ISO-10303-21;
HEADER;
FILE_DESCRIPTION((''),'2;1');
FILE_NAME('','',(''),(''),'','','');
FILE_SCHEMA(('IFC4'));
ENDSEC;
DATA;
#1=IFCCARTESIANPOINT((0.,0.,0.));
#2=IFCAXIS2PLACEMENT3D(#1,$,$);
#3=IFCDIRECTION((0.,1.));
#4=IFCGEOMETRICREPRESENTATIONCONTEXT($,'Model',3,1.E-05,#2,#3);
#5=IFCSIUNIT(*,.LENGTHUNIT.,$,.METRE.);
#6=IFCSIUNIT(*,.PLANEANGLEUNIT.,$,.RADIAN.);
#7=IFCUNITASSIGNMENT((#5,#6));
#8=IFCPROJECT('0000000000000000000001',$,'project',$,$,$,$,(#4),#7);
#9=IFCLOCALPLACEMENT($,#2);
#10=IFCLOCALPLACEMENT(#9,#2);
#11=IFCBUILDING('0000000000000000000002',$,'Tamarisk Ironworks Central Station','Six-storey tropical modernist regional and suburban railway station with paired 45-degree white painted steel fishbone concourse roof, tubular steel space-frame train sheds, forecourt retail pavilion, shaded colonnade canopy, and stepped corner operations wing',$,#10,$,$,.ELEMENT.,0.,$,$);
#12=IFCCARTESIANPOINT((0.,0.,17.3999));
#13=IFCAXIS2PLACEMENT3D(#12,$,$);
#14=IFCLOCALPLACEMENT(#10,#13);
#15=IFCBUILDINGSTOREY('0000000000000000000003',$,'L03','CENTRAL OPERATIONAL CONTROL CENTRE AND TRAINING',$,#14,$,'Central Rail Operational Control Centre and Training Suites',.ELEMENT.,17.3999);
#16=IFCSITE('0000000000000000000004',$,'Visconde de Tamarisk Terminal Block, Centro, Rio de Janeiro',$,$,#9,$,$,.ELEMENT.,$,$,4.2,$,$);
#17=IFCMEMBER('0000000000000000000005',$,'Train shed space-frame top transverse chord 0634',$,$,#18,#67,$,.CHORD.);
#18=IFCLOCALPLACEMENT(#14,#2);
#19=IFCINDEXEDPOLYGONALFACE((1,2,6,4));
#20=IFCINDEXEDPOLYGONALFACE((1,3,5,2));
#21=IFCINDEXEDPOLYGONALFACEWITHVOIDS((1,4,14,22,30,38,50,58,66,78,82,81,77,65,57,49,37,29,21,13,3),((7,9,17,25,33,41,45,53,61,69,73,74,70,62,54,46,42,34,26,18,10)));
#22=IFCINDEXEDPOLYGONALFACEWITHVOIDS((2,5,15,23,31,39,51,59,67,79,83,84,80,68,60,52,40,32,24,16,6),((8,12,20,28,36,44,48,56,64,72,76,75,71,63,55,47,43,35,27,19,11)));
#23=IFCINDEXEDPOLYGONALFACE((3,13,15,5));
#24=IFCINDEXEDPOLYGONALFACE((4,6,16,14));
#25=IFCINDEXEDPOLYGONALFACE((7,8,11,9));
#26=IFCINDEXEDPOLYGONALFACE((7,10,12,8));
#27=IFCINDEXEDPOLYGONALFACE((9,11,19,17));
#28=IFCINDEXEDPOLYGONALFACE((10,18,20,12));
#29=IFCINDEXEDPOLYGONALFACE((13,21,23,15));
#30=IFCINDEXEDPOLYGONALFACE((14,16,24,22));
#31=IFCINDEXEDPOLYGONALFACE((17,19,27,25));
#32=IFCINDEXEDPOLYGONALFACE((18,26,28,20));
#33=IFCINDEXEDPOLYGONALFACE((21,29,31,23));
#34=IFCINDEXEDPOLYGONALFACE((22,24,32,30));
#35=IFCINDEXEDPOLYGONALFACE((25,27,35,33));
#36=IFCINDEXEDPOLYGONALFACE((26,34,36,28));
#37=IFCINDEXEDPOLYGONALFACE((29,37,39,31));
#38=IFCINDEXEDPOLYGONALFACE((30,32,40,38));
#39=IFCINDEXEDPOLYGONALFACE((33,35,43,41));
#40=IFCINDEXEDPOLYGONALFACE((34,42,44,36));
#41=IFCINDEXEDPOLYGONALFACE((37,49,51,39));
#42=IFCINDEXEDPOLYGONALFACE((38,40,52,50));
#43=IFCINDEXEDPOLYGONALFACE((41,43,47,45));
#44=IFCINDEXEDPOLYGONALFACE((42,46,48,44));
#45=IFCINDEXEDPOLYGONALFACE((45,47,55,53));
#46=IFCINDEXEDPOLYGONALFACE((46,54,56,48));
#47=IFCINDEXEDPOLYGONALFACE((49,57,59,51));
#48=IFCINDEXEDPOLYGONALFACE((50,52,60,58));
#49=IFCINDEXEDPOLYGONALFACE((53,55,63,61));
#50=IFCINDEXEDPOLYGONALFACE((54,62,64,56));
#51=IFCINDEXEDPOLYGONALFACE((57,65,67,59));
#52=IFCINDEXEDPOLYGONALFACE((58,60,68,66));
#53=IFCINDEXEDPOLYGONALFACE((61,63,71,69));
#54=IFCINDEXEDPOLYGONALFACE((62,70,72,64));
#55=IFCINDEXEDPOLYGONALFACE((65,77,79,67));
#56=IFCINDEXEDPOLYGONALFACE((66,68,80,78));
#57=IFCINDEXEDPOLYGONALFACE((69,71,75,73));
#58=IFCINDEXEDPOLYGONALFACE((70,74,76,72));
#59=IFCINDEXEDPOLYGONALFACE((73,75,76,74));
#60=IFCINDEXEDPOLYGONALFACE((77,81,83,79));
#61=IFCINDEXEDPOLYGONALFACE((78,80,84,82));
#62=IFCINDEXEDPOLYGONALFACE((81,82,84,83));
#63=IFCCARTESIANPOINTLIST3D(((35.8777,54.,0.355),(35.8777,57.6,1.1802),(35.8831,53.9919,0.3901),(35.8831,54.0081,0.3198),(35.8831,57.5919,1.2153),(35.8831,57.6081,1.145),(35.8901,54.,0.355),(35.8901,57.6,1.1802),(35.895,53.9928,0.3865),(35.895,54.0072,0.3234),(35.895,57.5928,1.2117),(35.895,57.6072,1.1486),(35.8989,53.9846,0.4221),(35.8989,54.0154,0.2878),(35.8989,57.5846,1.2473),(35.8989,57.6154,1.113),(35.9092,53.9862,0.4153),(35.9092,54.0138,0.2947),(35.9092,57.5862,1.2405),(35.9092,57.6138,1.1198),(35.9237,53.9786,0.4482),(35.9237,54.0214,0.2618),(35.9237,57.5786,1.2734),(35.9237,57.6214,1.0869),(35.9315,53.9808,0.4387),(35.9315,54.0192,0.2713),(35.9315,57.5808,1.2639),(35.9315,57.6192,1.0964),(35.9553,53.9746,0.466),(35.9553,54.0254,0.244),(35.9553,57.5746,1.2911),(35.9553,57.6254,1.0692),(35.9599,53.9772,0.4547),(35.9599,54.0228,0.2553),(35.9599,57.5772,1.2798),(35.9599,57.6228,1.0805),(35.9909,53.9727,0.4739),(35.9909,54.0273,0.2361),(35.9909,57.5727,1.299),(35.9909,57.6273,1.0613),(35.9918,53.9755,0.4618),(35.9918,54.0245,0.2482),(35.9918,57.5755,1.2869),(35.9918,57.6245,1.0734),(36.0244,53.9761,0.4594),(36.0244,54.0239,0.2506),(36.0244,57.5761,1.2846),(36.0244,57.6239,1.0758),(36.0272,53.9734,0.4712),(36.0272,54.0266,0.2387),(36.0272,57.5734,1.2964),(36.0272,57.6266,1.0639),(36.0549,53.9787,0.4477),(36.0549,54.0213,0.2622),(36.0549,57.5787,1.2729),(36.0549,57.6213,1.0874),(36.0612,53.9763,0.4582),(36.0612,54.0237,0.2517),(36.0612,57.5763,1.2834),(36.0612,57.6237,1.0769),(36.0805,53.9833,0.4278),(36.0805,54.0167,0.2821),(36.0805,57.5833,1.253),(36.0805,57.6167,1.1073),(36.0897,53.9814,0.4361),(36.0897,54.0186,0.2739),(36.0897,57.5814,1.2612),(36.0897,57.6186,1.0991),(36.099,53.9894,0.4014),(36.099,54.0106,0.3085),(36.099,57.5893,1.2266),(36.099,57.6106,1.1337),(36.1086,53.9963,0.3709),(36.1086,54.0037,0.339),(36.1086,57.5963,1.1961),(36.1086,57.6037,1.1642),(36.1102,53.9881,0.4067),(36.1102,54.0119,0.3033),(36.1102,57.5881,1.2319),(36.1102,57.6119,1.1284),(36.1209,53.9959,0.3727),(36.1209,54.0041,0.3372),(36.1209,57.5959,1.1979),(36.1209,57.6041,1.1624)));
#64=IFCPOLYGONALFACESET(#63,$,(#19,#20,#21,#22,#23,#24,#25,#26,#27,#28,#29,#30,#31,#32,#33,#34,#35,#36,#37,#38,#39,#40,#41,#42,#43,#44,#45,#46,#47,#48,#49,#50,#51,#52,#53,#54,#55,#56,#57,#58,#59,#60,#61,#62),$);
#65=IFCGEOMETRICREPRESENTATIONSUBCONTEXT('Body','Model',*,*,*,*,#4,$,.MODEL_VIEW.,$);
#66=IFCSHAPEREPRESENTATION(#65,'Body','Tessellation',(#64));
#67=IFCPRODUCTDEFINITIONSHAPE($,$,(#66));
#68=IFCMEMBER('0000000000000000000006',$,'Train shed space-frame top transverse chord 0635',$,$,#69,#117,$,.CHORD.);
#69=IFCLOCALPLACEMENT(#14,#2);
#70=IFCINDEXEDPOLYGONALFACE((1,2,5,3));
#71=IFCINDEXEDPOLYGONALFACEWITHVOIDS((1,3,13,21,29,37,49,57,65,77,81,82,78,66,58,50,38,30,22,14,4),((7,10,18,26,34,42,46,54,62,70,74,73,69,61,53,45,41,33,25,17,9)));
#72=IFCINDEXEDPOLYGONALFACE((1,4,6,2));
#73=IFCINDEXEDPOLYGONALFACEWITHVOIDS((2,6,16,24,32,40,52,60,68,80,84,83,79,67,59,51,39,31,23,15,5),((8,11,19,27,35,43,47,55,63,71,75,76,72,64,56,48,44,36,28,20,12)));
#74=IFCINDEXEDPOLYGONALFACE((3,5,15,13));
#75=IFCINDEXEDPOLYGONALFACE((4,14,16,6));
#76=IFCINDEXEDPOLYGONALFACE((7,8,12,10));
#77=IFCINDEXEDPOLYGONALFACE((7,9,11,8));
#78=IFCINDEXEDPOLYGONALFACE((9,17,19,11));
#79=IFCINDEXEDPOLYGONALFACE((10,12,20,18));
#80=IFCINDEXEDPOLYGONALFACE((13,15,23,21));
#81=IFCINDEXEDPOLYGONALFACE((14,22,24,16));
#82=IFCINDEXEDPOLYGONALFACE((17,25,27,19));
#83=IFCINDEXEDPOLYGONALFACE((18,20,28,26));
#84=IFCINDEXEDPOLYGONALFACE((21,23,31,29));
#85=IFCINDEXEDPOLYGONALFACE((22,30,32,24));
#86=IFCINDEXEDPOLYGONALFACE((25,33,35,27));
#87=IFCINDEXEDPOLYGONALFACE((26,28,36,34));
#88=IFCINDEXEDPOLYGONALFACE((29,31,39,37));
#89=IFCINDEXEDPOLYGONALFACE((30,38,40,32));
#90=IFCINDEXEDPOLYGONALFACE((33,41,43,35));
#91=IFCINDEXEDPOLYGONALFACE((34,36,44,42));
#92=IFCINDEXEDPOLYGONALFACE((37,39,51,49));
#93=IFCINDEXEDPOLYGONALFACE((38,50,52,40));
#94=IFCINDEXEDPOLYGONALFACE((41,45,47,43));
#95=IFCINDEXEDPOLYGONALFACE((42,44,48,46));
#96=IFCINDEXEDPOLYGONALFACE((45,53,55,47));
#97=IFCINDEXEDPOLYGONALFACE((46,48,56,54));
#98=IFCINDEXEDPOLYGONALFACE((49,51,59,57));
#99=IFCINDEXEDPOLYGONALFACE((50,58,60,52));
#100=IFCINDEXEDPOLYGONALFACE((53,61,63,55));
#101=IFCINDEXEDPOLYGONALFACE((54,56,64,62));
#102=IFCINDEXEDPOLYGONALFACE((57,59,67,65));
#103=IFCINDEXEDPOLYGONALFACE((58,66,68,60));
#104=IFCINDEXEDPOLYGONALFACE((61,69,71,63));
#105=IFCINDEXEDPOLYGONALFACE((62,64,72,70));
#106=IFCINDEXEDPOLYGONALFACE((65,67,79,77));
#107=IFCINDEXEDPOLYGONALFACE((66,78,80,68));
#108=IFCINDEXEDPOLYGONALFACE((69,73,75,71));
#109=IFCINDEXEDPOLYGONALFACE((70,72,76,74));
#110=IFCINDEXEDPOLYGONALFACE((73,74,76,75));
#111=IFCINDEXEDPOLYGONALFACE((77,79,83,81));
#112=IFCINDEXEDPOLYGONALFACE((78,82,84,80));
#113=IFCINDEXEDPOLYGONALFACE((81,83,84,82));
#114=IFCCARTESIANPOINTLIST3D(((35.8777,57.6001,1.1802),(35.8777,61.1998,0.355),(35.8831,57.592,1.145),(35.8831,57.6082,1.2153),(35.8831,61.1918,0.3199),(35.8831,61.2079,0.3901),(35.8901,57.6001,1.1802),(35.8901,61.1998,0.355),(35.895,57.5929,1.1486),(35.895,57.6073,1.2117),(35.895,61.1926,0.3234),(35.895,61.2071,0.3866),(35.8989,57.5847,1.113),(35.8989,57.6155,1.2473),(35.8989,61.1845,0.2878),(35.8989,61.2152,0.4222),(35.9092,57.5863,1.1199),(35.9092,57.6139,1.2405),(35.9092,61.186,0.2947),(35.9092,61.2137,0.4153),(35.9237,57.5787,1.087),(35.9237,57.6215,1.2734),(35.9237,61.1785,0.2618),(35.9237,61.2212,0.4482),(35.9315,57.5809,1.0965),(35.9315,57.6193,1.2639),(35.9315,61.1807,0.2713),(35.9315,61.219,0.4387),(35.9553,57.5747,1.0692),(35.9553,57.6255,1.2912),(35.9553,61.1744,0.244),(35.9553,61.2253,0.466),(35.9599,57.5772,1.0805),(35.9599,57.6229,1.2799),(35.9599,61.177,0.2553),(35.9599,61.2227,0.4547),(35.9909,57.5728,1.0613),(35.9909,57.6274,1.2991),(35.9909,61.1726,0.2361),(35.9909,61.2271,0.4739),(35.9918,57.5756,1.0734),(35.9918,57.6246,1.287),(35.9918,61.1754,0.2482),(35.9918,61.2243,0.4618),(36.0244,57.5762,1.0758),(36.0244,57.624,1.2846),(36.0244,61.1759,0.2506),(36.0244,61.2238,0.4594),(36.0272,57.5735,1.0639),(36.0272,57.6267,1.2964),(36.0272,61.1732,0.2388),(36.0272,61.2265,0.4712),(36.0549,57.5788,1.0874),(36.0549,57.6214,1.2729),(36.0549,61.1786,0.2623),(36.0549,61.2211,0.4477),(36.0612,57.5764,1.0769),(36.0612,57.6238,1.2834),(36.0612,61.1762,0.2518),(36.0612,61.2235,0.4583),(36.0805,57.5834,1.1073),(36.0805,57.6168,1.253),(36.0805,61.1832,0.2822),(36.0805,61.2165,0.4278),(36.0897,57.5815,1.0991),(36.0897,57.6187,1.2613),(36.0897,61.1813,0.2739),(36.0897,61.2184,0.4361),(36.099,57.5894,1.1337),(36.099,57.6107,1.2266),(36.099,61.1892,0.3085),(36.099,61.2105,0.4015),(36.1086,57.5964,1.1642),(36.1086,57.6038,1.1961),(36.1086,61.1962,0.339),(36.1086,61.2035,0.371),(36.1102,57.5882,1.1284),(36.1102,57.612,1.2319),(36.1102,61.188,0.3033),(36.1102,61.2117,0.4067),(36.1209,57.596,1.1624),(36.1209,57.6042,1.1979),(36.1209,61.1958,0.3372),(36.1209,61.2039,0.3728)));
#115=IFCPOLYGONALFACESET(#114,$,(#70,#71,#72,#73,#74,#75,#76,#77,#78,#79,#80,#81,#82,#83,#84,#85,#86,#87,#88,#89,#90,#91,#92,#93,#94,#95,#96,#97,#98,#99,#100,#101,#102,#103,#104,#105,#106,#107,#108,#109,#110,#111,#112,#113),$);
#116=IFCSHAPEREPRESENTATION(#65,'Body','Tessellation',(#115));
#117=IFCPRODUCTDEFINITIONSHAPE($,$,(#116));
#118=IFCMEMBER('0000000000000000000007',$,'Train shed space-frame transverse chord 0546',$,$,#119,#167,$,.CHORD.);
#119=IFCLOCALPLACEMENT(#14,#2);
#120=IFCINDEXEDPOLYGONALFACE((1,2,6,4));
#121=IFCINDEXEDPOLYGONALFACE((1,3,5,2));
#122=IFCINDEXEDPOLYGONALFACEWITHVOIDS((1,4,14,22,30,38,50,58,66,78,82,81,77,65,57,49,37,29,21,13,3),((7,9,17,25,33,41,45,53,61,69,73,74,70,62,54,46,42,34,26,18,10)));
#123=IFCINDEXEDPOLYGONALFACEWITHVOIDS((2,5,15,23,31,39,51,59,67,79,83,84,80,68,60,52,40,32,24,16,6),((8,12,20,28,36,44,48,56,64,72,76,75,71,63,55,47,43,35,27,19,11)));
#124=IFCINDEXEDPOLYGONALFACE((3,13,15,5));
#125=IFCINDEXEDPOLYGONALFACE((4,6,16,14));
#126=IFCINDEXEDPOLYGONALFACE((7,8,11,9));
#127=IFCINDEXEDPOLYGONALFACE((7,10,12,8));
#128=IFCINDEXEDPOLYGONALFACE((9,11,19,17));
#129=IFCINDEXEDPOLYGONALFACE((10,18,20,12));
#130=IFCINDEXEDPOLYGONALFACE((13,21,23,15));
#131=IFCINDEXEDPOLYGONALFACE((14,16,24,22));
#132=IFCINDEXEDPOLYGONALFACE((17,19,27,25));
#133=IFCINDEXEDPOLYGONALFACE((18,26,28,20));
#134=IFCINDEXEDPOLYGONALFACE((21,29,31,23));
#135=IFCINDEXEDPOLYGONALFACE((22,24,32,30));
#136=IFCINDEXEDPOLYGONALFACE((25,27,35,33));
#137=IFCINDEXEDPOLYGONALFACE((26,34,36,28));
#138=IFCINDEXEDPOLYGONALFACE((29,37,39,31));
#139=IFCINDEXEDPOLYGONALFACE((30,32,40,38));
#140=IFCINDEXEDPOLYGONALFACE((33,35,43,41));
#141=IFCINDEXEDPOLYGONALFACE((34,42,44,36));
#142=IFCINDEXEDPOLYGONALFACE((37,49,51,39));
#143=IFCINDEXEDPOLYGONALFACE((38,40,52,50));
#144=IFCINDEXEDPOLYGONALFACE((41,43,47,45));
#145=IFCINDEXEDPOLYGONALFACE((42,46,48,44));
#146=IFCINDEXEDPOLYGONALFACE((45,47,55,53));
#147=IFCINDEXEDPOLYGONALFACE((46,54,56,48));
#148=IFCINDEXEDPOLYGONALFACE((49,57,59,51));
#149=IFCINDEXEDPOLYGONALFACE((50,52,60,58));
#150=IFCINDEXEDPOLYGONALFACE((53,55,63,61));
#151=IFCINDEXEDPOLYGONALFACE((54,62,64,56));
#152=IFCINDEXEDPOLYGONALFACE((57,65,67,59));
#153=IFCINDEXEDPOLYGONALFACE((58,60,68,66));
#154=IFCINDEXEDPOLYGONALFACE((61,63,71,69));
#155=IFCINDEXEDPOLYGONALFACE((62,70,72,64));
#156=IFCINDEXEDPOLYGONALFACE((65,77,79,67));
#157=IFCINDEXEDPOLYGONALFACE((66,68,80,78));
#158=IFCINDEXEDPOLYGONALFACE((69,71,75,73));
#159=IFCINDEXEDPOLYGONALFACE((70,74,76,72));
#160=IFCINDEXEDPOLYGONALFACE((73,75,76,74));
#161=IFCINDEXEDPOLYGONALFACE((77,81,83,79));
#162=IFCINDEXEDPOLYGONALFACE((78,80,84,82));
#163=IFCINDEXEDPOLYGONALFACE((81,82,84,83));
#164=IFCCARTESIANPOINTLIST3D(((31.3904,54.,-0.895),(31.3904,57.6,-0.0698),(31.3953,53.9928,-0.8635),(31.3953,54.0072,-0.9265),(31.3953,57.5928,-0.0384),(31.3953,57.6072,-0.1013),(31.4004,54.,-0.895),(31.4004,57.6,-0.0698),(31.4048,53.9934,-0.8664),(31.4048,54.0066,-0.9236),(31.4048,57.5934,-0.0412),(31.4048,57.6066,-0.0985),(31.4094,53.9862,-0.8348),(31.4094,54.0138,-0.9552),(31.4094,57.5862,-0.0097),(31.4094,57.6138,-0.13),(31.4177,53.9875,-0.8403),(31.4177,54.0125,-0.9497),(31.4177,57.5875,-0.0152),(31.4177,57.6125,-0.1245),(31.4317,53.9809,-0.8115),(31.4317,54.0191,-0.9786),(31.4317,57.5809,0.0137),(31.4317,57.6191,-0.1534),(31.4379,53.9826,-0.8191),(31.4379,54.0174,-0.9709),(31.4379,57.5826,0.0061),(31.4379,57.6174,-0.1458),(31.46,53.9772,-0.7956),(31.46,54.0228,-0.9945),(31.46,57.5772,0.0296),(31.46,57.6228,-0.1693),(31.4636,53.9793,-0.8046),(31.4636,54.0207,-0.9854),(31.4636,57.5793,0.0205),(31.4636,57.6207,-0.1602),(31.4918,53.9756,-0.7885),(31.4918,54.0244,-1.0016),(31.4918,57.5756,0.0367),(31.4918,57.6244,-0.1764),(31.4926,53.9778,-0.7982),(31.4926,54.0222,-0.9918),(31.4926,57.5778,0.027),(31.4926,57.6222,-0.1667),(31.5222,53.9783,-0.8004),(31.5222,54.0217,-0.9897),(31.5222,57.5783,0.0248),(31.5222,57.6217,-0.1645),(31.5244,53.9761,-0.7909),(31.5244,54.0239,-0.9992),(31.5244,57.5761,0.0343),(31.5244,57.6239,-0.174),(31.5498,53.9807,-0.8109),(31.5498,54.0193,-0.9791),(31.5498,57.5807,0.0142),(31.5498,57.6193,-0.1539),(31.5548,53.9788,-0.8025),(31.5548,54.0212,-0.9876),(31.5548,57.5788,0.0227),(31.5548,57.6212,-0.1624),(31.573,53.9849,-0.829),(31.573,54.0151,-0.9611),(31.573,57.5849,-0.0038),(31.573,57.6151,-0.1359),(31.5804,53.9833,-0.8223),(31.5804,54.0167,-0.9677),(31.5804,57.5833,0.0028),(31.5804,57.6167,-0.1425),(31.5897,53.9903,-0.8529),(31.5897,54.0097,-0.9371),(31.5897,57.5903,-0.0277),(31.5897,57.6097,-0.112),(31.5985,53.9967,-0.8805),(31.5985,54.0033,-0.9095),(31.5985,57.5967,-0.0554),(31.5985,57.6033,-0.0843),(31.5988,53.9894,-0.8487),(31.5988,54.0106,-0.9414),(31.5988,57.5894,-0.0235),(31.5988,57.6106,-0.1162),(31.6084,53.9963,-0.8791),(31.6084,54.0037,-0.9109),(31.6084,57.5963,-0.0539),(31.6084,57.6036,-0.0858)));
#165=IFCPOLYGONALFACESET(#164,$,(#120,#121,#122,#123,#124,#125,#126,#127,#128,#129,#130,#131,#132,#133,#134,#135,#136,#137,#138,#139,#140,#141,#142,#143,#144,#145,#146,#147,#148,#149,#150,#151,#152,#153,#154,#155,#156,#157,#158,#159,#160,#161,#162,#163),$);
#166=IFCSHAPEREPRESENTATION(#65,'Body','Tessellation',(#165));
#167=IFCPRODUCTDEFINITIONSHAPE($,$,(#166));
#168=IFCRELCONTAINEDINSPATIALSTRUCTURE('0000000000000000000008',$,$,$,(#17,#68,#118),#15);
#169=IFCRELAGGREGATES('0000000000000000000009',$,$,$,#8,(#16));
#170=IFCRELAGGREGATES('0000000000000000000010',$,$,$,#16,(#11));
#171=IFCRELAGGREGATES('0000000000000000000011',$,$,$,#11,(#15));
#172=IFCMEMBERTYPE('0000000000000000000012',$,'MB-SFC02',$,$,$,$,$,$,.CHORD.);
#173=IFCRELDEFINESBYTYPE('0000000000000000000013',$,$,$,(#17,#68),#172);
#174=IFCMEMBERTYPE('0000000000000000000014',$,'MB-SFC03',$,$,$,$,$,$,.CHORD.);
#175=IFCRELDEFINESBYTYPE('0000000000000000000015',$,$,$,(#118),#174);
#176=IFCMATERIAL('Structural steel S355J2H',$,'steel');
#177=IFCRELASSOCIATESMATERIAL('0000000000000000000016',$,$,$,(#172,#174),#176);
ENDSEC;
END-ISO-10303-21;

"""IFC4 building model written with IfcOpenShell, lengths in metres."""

from ifc_helpers import new_model, si_unit, direction, frame, origin, origin_2d, place, context, subcontext, project, spatial, hollow_circle, extrude, material, material_profile, profile_set, type_object, element, save


model = new_model("IFC4")

# Units and contexts
model_context = context("Model", 3, precision=1e-05, world=origin(), true_north=direction((0.0, 1.0)))
body_context = subcontext(model_context, "Body", "Model", "MODEL_VIEW")
ifc_project = project(units=[si_unit("LENGTHUNIT", "METRE"), si_unit("PLANEANGLEUNIT", "RADIAN")], contexts=[model_context])

# Site, building, storey
site_placement = place(None, origin())
site = spatial("IfcSite", under=ifc_project, at=site_placement, Name="Visconde de Tamarisk Terminal Block, Centro, Rio de Janeiro", CompositionType="ELEMENT", RefElevation=4.2)
building_placement = place(site_placement, origin())
building = spatial("IfcBuilding", under=site, at=building_placement, Name="Tamarisk Ironworks Central Station", Description="Six-storey tropical modernist regional and suburban railway station with paired 45-degree white painted steel fishbone concourse roof, tubular steel space-frame train sheds, forecourt retail pavilion, shaded colonnade canopy, and stepped corner operations wing", CompositionType="ELEMENT", ElevationOfRefHeight=0.0)
storey_placement = place(building_placement, frame((0.0, 0.0, 17.3999)))
storey = spatial("IfcBuildingStorey", under=building, at=storey_placement, Name="L03", Description="CENTRAL OPERATIONAL CONTROL CENTRE AND TRAINING", LongName="Central Rail Operational Control Centre and Training Suites", CompositionType="ELEMENT", Elevation=17.3999)

# Members
ifc_material_1 = material(Name="Structural steel S355J2H", Category="steel")
ifc_material_profile_1 = material_profile(ifc_material_1, hollow_circle(Radius=0.1223, WallThickness=0.0125, at=origin_2d()), Name="CHS 244.5x12.5")
ifc_profile_set_1 = profile_set([ifc_material_profile_1], Name="Structural steel S355J2H")
member_type_1 = type_object("IfcMemberType", Name="MB-SFC02", PredefinedType="CHORD", material=ifc_profile_set_1)
member_1_placement = place(storey_placement, frame((36.0, 54.0, 0.355), z_axis=(0.0, 0.974722, 0.223421), x_axis=(-1.0, 0.0, 0.0)))
element("IfcMember", 1, at=member_1_placement, inside=storey, type_object=member_type_1, Name="Train shed space-frame top transverse chord 0634", PredefinedType="CHORD", context=body_context, shape_type="SweptSolid", body=[
    extrude(hollow_circle(Radius=0.1223, WallThickness=0.0125, at=origin_2d()), origin(), (0.0, 0.0, 1.0), 3.6934),
])
member_2_placement = place(storey_placement, frame((36.0, 57.6001, 1.1802), z_axis=(0.0, 0.974719, -0.223435), x_axis=(-1.0, 0.0, 0.0)))
element("IfcMember", 2, at=member_2_placement, inside=storey, type_object=member_type_1, Name="Train shed space-frame top transverse chord 0635", PredefinedType="CHORD", context=body_context, shape_type="SweptSolid", body=[
    extrude(hollow_circle(Radius=0.1223, WallThickness=0.0125, at=origin_2d()), origin(), (0.0, 0.0, 1.0), 3.6931),
])
ifc_material_profile_2 = material_profile(ifc_material_1, hollow_circle(Radius=0.1096, WallThickness=0.01, at=origin_2d()), Name="CHS 219.1x10")
ifc_profile_set_2 = profile_set([ifc_material_profile_2], Name="Structural steel S355J2H")
member_type_2 = type_object("IfcMemberType", Name="MB-SFC03", PredefinedType="CHORD", material=ifc_profile_set_2)
member_3_placement = place(storey_placement, frame((31.5, 54.0, -0.895), z_axis=(0.0, 0.974722, 0.223421), x_axis=(-1.0, 0.0, 0.0)))
element("IfcMember", 3, at=member_3_placement, inside=storey, type_object=member_type_2, Name="Train shed space-frame transverse chord 0546", PredefinedType="CHORD", context=body_context, shape_type="SweptSolid", body=[
    extrude(hollow_circle(Radius=0.1096, WallThickness=0.01, at=origin_2d()), origin(), (0.0, 0.0, 1.0), 3.6934),
])

save(model, "model.ifc")
